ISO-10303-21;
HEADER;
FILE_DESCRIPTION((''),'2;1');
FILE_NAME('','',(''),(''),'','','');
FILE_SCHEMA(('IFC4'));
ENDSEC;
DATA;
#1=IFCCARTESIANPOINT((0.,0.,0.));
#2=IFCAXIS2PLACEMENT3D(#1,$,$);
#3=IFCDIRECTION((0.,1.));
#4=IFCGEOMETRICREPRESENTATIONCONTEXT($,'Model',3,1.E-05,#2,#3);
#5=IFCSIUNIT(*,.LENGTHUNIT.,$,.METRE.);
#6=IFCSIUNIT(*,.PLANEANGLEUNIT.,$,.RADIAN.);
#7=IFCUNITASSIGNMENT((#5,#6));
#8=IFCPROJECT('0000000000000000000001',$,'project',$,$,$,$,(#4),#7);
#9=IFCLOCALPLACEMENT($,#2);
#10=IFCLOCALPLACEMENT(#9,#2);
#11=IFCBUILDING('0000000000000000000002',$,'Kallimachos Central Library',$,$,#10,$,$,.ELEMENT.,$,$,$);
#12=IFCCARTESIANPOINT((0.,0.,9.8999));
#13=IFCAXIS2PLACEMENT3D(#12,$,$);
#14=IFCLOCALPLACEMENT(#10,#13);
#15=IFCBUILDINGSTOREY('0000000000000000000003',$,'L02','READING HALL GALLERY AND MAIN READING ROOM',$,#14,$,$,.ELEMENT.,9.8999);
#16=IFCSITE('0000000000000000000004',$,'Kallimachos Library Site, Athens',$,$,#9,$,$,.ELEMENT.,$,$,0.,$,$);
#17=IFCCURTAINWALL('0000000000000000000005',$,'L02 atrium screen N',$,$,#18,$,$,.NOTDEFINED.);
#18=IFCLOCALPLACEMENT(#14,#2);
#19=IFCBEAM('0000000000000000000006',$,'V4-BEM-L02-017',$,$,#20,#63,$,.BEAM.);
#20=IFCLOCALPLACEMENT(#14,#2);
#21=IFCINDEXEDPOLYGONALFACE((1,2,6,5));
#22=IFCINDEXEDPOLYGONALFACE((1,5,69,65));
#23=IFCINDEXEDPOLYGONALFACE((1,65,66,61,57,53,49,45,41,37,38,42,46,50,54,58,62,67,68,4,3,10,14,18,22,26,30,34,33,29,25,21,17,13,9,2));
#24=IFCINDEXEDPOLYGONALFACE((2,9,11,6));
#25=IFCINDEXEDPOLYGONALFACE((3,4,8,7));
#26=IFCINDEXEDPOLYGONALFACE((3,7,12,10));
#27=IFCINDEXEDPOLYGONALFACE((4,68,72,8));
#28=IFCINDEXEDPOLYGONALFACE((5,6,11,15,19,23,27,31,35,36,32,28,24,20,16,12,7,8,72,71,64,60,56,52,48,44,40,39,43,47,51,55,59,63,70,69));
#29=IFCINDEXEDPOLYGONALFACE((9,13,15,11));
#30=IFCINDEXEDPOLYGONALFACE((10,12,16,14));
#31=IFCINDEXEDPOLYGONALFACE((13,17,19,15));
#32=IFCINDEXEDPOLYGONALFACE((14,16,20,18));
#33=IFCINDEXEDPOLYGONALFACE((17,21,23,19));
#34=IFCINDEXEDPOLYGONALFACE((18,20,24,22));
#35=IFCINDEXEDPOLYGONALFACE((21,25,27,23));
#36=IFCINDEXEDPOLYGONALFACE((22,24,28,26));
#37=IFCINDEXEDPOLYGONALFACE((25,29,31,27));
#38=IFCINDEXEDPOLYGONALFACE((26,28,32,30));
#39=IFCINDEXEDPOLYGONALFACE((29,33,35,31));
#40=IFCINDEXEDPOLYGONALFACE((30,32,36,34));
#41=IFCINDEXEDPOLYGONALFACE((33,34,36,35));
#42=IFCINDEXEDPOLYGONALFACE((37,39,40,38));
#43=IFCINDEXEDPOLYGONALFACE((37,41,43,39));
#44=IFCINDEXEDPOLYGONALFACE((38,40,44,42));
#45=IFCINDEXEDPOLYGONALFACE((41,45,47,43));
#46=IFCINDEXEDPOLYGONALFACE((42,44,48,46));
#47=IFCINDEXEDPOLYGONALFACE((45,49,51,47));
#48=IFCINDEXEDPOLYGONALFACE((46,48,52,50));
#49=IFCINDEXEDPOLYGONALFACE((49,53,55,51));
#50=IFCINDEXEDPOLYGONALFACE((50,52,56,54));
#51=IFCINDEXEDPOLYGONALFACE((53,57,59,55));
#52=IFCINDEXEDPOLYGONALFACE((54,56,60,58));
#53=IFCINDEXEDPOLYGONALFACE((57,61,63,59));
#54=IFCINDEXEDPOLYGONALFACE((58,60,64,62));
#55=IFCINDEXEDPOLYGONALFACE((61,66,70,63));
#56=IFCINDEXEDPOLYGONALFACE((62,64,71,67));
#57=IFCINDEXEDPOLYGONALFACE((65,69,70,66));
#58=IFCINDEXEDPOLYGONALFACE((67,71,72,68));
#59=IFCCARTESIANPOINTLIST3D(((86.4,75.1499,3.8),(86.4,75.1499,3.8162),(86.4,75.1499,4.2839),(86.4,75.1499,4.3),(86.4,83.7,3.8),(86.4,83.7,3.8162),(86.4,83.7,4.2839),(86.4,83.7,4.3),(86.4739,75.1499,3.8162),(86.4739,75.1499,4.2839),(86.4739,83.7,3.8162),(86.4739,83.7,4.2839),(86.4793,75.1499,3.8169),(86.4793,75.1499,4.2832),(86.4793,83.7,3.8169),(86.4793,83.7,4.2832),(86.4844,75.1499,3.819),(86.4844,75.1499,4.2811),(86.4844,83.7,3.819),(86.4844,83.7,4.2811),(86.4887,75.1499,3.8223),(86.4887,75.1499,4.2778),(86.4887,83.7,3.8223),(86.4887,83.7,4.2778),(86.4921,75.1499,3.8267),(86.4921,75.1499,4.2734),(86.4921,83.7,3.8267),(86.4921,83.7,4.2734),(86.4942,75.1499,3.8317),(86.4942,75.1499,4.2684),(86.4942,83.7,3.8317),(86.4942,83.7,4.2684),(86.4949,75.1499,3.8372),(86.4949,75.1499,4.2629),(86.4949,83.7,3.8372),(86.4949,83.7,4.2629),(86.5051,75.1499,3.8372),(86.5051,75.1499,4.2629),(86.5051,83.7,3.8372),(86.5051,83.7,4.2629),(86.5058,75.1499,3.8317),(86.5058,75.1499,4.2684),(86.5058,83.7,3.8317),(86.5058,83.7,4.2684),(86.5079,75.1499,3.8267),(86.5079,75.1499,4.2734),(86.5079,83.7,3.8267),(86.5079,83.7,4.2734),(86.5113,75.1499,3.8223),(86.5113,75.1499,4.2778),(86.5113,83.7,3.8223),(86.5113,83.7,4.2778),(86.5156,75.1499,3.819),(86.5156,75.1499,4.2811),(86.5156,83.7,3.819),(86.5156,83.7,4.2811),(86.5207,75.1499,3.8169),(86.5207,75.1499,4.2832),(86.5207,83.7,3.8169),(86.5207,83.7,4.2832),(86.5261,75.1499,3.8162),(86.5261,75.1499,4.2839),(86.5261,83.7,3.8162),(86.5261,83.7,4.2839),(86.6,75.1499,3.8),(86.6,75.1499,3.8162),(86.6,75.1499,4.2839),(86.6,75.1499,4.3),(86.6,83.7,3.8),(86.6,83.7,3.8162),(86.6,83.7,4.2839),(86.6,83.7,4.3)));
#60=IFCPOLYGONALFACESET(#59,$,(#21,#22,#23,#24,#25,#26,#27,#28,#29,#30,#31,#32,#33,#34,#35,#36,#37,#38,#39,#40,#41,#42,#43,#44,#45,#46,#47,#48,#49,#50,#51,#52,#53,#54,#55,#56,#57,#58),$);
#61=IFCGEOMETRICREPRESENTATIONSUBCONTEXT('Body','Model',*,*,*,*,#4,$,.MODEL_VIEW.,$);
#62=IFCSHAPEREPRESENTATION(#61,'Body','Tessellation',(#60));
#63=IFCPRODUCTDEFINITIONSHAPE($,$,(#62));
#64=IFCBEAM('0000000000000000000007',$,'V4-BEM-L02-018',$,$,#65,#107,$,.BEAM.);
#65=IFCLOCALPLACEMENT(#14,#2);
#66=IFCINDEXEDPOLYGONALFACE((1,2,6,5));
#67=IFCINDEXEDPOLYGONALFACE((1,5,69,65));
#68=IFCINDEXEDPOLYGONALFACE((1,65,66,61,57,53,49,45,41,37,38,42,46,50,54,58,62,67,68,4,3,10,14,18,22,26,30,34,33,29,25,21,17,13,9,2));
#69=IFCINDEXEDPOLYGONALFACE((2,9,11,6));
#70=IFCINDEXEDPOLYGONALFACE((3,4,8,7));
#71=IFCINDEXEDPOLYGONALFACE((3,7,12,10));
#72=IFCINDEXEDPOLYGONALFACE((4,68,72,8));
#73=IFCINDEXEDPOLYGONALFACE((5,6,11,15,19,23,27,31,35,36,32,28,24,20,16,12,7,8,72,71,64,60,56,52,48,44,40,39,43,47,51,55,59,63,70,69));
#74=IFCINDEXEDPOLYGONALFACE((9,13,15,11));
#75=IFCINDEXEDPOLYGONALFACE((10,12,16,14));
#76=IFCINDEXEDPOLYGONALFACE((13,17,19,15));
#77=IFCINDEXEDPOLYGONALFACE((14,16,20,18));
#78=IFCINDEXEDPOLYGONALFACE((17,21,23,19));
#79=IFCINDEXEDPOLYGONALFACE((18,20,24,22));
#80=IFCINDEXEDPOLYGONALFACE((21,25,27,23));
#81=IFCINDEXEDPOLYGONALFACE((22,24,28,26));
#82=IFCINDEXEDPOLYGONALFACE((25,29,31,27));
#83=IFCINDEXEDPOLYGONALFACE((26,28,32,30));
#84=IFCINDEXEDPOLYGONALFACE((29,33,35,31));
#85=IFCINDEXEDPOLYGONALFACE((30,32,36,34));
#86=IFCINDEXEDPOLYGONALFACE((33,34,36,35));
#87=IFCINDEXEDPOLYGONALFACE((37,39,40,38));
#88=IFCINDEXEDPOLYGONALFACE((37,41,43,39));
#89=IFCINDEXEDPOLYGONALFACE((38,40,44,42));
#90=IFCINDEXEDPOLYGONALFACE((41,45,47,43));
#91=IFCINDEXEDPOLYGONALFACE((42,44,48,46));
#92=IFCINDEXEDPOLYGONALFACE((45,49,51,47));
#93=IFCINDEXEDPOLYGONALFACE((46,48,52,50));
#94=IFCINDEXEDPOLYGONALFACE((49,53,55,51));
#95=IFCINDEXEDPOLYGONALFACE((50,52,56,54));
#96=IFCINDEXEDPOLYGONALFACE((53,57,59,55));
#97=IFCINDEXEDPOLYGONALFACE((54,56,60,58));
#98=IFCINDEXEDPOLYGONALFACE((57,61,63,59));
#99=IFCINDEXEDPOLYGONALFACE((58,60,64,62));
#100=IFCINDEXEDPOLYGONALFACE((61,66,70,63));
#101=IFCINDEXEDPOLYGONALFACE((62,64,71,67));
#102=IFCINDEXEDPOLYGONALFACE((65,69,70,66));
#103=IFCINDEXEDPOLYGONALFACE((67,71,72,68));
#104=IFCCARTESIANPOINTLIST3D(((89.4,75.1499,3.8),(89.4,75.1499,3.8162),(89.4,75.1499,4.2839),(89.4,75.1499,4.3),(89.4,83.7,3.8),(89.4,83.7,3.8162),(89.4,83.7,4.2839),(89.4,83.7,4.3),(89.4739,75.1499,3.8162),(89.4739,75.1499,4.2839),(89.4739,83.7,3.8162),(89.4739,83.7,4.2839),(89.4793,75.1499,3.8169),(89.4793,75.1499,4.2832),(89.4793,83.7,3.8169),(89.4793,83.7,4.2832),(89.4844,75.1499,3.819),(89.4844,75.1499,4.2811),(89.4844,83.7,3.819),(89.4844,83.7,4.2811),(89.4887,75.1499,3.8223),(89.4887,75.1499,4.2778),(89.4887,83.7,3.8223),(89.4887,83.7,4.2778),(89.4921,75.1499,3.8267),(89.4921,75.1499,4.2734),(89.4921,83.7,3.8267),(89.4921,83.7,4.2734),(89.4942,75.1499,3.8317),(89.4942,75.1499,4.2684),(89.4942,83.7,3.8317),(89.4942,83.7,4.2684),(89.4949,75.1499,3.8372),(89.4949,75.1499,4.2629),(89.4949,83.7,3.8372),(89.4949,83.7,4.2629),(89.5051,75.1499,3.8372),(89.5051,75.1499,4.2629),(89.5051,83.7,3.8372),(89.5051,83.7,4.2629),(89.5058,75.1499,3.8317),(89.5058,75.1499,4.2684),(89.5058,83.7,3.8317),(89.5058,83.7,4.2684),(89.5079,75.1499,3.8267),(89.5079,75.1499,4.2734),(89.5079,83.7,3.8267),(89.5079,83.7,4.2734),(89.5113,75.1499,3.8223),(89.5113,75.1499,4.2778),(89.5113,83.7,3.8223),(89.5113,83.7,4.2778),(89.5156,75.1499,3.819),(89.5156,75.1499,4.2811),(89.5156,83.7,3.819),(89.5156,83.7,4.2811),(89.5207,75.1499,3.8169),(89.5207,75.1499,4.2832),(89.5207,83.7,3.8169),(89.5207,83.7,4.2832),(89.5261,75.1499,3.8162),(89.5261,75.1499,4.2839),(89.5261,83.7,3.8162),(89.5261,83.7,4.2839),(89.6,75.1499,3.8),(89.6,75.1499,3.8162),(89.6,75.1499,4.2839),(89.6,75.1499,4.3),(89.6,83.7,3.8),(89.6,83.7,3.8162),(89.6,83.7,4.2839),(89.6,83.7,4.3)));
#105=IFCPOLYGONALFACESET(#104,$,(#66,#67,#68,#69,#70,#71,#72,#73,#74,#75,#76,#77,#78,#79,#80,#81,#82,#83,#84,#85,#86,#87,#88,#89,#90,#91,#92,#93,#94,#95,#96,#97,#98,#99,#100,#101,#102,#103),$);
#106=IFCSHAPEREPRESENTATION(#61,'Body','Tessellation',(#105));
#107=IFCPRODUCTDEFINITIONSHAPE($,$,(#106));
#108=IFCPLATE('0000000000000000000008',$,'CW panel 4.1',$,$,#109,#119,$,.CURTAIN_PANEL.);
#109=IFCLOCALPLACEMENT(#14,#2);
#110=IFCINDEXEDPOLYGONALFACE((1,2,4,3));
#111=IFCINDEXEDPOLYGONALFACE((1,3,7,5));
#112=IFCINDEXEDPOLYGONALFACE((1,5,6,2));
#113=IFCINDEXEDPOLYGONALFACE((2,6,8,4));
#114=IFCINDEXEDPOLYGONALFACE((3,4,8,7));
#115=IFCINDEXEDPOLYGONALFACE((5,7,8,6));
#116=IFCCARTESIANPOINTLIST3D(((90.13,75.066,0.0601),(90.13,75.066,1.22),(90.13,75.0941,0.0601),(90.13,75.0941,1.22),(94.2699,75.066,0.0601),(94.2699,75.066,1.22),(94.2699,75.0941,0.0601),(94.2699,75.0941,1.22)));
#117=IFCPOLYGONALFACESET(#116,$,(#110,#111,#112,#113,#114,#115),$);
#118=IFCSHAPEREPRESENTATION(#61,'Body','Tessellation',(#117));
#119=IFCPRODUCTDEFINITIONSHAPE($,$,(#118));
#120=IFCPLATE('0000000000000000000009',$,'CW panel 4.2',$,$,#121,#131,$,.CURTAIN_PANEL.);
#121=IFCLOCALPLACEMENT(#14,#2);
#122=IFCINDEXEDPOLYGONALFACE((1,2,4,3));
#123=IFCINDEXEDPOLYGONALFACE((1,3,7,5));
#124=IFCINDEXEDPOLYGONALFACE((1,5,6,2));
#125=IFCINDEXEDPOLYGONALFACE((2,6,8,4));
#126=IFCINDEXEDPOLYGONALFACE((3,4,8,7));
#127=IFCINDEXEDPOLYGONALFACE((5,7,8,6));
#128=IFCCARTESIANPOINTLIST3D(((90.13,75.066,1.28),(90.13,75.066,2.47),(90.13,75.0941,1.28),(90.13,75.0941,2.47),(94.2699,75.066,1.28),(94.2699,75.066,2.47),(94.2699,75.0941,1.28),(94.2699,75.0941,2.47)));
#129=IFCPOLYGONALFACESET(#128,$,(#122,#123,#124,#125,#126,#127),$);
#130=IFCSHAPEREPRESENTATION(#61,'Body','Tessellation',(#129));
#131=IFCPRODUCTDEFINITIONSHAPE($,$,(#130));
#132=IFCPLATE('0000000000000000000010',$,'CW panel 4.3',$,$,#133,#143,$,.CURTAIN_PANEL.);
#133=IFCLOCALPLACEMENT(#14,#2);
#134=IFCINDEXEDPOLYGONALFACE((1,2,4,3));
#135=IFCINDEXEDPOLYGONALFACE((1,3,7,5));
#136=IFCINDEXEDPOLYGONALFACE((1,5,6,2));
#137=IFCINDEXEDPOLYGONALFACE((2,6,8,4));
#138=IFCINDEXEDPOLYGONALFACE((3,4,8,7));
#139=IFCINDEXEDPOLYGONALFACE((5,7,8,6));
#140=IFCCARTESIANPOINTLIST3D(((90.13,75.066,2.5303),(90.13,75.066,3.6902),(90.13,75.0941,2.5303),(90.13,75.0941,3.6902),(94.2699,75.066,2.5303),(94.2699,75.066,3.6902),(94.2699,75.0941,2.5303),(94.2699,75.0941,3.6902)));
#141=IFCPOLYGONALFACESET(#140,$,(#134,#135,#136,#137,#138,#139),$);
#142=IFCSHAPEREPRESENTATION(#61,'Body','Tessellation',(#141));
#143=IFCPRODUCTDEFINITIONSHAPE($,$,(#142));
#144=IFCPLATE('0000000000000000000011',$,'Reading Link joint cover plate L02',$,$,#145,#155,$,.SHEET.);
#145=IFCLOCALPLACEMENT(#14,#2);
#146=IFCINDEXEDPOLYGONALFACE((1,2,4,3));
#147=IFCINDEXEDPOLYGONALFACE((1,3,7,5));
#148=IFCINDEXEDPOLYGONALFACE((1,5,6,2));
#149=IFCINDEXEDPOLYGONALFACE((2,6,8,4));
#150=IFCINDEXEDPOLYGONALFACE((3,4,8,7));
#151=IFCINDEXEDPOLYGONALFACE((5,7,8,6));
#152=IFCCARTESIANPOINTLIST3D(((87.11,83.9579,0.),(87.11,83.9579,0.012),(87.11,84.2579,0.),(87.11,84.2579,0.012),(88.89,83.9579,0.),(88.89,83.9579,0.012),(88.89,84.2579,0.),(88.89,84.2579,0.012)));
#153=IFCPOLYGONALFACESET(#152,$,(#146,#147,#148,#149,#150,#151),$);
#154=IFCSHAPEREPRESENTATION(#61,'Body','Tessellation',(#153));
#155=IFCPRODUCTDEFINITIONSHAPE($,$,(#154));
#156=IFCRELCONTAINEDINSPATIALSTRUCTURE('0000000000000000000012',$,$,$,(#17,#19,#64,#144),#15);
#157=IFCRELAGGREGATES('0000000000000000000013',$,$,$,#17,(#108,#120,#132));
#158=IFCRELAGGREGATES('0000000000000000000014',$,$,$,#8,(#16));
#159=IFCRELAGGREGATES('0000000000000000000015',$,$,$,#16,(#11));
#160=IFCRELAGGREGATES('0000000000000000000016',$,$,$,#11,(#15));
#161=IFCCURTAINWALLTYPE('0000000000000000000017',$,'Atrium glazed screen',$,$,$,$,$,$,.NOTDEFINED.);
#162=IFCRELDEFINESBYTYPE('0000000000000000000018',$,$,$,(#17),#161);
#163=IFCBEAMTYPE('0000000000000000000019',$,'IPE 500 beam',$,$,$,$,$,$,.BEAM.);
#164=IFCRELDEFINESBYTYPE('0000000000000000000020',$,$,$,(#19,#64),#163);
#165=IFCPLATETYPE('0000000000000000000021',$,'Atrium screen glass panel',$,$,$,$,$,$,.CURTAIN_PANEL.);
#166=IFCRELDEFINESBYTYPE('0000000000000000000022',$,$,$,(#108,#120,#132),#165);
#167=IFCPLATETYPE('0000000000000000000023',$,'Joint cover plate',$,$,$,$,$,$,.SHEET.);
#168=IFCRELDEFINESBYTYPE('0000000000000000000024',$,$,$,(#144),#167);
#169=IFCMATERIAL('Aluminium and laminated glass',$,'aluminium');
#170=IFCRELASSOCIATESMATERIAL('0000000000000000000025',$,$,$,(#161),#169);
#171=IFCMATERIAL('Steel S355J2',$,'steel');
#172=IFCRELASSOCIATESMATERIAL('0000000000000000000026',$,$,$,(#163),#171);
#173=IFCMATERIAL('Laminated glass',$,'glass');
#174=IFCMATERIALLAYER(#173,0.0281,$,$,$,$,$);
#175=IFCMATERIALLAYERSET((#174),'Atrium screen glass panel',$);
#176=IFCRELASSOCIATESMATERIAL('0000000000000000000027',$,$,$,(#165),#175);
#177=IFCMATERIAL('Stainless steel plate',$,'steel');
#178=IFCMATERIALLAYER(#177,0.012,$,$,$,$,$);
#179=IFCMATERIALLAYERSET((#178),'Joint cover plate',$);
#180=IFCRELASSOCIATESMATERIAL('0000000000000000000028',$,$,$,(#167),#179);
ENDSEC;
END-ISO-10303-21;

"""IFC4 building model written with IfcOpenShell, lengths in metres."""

from ifc_helpers import new_model, si_unit, direction, frame, origin, origin_2d, place, context, subcontext, project, spatial, rectangle, i_section, extrude, material, layer, layer_set, material_profile, profile_set, type_object, element, aggregate, save


model = new_model("IFC4")

# Units and contexts
model_context = context("Model", 3, precision=1e-05, world=origin(), true_north=direction((0.0, 1.0)))
body_context = subcontext(model_context, "Body", "Model", "MODEL_VIEW")
ifc_project = project(units=[si_unit("LENGTHUNIT", "METRE"), si_unit("PLANEANGLEUNIT", "RADIAN")], contexts=[model_context])

# Site, building, storey
site_placement = place(None, origin())
site = spatial("IfcSite", under=ifc_project, at=site_placement, Name="Kallimachos Library Site, Athens", CompositionType="ELEMENT", RefElevation=0.0)
building_placement = place(site_placement, origin())
building = spatial("IfcBuilding", under=site, at=building_placement, Name="Kallimachos Central Library", CompositionType="ELEMENT")
storey_placement = place(building_placement, frame((0.0, 0.0, 9.8999)))
storey = spatial("IfcBuildingStorey", under=building, at=storey_placement, Name="L02", Description="READING HALL GALLERY AND MAIN READING ROOM", CompositionType="ELEMENT", Elevation=9.8999)

# Curtain wall
ifc_material_1 = material(Name="Aluminium and laminated glass", Category="aluminium")
curtain_wall_type_1 = type_object("IfcCurtainWallType", Name="Atrium glazed screen", PredefinedType="NOTDEFINED", material=ifc_material_1)
curtain_wall_1_placement = place(storey_placement, origin())
curtain_wall_1 = element("IfcCurtainWall", 1, at=curtain_wall_1_placement, inside=storey, type_object=curtain_wall_type_1, Name="L02 atrium screen N", PredefinedType="NOTDEFINED")

# Beams
ifc_material_2 = material(Name="Steel S355J2", Category="steel")
ifc_material_profile_1 = material_profile(ifc_material_2, i_section(OverallWidth=0.2, OverallDepth=0.5, WebThickness=0.0103, FlangeThickness=0.0161, FilletRadius=0.021, at=origin_2d()), Name="IPE 500")
ifc_profile_set_1 = profile_set([ifc_material_profile_1], Name="Steel S355J2")
beam_type_1 = type_object("IfcBeamType", Name="IPE 500 beam", PredefinedType="BEAM", material=ifc_profile_set_1)
for number, where, z_axis, x_axis, name in (
    (2, (86.5, 75.1499, 4.05), (0.0, 1.0, 0.0), (-1.0, 0.0, 0.0), "V4-BEM-L02-017"),
    (3, (89.5, 75.1499, 4.05), (0.0, 1.0, 0.0), (-1.0, 0.0, 0.0), "V4-BEM-L02-018"),
):
    element("IfcBeam", number, at=place(storey_placement, frame(where, z_axis=z_axis, x_axis=x_axis)), inside=storey, type_object=beam_type_1, Name=name, PredefinedType="BEAM", context=body_context, shape_type="SweptSolid", body=[
        extrude(i_section(OverallWidth=0.2, OverallDepth=0.5, WebThickness=0.0103, FlangeThickness=0.0161, FilletRadius=0.021, at=origin_2d()), origin(), (0.0, 0.0, 1.0), 8.55),
    ])

# Plates
ifc_material_3 = material(Name="Laminated glass", Category="glass")
ifc_layer_1 = layer(ifc_material_3, 0.0281)
ifc_layer_set_1 = layer_set([ifc_layer_1], Name="Atrium screen glass panel")
plate_type_1 = type_object("IfcPlateType", Name="Atrium screen glass panel", PredefinedType="CURTAIN_PANEL", material=ifc_layer_set_1)
plate_1_placement = place(storey_placement, frame((92.2, 75.0801, 0.0601), z_axis=(0.0, 0.0, 1.0), x_axis=(1.0, 0.0, 0.0)))
plate_1 = element("IfcPlate", 4, at=plate_1_placement, type_object=plate_type_1, Name="CW panel 4.1", PredefinedType="CURTAIN_PANEL", context=body_context, shape_type="SweptSolid", body=[
    extrude(rectangle(XDim=4.1399, YDim=0.0281, at=origin_2d()), origin(), (0.0, 0.0, 1.0), 1.1599),
])
plate_2_placement = place(storey_placement, frame((92.2, 75.0801, 1.28), z_axis=(0.0, 0.0, 1.0), x_axis=(1.0, 0.0, 0.0)))
plate_2 = element("IfcPlate", 5, at=plate_2_placement, type_object=plate_type_1, Name="CW panel 4.2", PredefinedType="CURTAIN_PANEL", context=body_context, shape_type="SweptSolid", body=[
    extrude(rectangle(XDim=4.1399, YDim=0.0281, at=origin_2d()), origin(), (0.0, 0.0, 1.0), 1.1899),
])
plate_3_placement = place(storey_placement, frame((92.2, 75.0801, 2.5303), z_axis=(0.0, 0.0, 1.0), x_axis=(1.0, 0.0, 0.0)))
plate_3 = element("IfcPlate", 6, at=plate_3_placement, type_object=plate_type_1, Name="CW panel 4.3", PredefinedType="CURTAIN_PANEL", context=body_context, shape_type="SweptSolid", body=[
    extrude(rectangle(XDim=4.1399, YDim=0.0281, at=origin_2d()), origin(), (0.0, 0.0, 1.0), 1.1599),
])
aggregate(curtain_wall_1, [plate_1, plate_2, plate_3])
ifc_material_4 = material(Name="Stainless steel plate", Category="steel")
ifc_layer_2 = layer(ifc_material_4, 0.012)
ifc_layer_set_2 = layer_set([ifc_layer_2], Name="Joint cover plate")
plate_type_2 = type_object("IfcPlateType", Name="Joint cover plate", PredefinedType="SHEET", material=ifc_layer_set_2)
plate_4_placement = place(storey_placement, frame((88.0, 84.1079, 0.0), z_axis=(0.0, 0.0, 1.0), x_axis=(1.0, 0.0, 0.0)))
element("IfcPlate", 7, at=plate_4_placement, inside=storey, type_object=plate_type_2, Name="Reading Link joint cover plate L02", PredefinedType="SHEET", context=body_context, shape_type="SweptSolid", body=[
    extrude(rectangle(XDim=1.78, YDim=0.3, at=origin_2d()), origin(), (0.0, 0.0, 1.0), 0.012),
])

save(model, "model.ifc")
